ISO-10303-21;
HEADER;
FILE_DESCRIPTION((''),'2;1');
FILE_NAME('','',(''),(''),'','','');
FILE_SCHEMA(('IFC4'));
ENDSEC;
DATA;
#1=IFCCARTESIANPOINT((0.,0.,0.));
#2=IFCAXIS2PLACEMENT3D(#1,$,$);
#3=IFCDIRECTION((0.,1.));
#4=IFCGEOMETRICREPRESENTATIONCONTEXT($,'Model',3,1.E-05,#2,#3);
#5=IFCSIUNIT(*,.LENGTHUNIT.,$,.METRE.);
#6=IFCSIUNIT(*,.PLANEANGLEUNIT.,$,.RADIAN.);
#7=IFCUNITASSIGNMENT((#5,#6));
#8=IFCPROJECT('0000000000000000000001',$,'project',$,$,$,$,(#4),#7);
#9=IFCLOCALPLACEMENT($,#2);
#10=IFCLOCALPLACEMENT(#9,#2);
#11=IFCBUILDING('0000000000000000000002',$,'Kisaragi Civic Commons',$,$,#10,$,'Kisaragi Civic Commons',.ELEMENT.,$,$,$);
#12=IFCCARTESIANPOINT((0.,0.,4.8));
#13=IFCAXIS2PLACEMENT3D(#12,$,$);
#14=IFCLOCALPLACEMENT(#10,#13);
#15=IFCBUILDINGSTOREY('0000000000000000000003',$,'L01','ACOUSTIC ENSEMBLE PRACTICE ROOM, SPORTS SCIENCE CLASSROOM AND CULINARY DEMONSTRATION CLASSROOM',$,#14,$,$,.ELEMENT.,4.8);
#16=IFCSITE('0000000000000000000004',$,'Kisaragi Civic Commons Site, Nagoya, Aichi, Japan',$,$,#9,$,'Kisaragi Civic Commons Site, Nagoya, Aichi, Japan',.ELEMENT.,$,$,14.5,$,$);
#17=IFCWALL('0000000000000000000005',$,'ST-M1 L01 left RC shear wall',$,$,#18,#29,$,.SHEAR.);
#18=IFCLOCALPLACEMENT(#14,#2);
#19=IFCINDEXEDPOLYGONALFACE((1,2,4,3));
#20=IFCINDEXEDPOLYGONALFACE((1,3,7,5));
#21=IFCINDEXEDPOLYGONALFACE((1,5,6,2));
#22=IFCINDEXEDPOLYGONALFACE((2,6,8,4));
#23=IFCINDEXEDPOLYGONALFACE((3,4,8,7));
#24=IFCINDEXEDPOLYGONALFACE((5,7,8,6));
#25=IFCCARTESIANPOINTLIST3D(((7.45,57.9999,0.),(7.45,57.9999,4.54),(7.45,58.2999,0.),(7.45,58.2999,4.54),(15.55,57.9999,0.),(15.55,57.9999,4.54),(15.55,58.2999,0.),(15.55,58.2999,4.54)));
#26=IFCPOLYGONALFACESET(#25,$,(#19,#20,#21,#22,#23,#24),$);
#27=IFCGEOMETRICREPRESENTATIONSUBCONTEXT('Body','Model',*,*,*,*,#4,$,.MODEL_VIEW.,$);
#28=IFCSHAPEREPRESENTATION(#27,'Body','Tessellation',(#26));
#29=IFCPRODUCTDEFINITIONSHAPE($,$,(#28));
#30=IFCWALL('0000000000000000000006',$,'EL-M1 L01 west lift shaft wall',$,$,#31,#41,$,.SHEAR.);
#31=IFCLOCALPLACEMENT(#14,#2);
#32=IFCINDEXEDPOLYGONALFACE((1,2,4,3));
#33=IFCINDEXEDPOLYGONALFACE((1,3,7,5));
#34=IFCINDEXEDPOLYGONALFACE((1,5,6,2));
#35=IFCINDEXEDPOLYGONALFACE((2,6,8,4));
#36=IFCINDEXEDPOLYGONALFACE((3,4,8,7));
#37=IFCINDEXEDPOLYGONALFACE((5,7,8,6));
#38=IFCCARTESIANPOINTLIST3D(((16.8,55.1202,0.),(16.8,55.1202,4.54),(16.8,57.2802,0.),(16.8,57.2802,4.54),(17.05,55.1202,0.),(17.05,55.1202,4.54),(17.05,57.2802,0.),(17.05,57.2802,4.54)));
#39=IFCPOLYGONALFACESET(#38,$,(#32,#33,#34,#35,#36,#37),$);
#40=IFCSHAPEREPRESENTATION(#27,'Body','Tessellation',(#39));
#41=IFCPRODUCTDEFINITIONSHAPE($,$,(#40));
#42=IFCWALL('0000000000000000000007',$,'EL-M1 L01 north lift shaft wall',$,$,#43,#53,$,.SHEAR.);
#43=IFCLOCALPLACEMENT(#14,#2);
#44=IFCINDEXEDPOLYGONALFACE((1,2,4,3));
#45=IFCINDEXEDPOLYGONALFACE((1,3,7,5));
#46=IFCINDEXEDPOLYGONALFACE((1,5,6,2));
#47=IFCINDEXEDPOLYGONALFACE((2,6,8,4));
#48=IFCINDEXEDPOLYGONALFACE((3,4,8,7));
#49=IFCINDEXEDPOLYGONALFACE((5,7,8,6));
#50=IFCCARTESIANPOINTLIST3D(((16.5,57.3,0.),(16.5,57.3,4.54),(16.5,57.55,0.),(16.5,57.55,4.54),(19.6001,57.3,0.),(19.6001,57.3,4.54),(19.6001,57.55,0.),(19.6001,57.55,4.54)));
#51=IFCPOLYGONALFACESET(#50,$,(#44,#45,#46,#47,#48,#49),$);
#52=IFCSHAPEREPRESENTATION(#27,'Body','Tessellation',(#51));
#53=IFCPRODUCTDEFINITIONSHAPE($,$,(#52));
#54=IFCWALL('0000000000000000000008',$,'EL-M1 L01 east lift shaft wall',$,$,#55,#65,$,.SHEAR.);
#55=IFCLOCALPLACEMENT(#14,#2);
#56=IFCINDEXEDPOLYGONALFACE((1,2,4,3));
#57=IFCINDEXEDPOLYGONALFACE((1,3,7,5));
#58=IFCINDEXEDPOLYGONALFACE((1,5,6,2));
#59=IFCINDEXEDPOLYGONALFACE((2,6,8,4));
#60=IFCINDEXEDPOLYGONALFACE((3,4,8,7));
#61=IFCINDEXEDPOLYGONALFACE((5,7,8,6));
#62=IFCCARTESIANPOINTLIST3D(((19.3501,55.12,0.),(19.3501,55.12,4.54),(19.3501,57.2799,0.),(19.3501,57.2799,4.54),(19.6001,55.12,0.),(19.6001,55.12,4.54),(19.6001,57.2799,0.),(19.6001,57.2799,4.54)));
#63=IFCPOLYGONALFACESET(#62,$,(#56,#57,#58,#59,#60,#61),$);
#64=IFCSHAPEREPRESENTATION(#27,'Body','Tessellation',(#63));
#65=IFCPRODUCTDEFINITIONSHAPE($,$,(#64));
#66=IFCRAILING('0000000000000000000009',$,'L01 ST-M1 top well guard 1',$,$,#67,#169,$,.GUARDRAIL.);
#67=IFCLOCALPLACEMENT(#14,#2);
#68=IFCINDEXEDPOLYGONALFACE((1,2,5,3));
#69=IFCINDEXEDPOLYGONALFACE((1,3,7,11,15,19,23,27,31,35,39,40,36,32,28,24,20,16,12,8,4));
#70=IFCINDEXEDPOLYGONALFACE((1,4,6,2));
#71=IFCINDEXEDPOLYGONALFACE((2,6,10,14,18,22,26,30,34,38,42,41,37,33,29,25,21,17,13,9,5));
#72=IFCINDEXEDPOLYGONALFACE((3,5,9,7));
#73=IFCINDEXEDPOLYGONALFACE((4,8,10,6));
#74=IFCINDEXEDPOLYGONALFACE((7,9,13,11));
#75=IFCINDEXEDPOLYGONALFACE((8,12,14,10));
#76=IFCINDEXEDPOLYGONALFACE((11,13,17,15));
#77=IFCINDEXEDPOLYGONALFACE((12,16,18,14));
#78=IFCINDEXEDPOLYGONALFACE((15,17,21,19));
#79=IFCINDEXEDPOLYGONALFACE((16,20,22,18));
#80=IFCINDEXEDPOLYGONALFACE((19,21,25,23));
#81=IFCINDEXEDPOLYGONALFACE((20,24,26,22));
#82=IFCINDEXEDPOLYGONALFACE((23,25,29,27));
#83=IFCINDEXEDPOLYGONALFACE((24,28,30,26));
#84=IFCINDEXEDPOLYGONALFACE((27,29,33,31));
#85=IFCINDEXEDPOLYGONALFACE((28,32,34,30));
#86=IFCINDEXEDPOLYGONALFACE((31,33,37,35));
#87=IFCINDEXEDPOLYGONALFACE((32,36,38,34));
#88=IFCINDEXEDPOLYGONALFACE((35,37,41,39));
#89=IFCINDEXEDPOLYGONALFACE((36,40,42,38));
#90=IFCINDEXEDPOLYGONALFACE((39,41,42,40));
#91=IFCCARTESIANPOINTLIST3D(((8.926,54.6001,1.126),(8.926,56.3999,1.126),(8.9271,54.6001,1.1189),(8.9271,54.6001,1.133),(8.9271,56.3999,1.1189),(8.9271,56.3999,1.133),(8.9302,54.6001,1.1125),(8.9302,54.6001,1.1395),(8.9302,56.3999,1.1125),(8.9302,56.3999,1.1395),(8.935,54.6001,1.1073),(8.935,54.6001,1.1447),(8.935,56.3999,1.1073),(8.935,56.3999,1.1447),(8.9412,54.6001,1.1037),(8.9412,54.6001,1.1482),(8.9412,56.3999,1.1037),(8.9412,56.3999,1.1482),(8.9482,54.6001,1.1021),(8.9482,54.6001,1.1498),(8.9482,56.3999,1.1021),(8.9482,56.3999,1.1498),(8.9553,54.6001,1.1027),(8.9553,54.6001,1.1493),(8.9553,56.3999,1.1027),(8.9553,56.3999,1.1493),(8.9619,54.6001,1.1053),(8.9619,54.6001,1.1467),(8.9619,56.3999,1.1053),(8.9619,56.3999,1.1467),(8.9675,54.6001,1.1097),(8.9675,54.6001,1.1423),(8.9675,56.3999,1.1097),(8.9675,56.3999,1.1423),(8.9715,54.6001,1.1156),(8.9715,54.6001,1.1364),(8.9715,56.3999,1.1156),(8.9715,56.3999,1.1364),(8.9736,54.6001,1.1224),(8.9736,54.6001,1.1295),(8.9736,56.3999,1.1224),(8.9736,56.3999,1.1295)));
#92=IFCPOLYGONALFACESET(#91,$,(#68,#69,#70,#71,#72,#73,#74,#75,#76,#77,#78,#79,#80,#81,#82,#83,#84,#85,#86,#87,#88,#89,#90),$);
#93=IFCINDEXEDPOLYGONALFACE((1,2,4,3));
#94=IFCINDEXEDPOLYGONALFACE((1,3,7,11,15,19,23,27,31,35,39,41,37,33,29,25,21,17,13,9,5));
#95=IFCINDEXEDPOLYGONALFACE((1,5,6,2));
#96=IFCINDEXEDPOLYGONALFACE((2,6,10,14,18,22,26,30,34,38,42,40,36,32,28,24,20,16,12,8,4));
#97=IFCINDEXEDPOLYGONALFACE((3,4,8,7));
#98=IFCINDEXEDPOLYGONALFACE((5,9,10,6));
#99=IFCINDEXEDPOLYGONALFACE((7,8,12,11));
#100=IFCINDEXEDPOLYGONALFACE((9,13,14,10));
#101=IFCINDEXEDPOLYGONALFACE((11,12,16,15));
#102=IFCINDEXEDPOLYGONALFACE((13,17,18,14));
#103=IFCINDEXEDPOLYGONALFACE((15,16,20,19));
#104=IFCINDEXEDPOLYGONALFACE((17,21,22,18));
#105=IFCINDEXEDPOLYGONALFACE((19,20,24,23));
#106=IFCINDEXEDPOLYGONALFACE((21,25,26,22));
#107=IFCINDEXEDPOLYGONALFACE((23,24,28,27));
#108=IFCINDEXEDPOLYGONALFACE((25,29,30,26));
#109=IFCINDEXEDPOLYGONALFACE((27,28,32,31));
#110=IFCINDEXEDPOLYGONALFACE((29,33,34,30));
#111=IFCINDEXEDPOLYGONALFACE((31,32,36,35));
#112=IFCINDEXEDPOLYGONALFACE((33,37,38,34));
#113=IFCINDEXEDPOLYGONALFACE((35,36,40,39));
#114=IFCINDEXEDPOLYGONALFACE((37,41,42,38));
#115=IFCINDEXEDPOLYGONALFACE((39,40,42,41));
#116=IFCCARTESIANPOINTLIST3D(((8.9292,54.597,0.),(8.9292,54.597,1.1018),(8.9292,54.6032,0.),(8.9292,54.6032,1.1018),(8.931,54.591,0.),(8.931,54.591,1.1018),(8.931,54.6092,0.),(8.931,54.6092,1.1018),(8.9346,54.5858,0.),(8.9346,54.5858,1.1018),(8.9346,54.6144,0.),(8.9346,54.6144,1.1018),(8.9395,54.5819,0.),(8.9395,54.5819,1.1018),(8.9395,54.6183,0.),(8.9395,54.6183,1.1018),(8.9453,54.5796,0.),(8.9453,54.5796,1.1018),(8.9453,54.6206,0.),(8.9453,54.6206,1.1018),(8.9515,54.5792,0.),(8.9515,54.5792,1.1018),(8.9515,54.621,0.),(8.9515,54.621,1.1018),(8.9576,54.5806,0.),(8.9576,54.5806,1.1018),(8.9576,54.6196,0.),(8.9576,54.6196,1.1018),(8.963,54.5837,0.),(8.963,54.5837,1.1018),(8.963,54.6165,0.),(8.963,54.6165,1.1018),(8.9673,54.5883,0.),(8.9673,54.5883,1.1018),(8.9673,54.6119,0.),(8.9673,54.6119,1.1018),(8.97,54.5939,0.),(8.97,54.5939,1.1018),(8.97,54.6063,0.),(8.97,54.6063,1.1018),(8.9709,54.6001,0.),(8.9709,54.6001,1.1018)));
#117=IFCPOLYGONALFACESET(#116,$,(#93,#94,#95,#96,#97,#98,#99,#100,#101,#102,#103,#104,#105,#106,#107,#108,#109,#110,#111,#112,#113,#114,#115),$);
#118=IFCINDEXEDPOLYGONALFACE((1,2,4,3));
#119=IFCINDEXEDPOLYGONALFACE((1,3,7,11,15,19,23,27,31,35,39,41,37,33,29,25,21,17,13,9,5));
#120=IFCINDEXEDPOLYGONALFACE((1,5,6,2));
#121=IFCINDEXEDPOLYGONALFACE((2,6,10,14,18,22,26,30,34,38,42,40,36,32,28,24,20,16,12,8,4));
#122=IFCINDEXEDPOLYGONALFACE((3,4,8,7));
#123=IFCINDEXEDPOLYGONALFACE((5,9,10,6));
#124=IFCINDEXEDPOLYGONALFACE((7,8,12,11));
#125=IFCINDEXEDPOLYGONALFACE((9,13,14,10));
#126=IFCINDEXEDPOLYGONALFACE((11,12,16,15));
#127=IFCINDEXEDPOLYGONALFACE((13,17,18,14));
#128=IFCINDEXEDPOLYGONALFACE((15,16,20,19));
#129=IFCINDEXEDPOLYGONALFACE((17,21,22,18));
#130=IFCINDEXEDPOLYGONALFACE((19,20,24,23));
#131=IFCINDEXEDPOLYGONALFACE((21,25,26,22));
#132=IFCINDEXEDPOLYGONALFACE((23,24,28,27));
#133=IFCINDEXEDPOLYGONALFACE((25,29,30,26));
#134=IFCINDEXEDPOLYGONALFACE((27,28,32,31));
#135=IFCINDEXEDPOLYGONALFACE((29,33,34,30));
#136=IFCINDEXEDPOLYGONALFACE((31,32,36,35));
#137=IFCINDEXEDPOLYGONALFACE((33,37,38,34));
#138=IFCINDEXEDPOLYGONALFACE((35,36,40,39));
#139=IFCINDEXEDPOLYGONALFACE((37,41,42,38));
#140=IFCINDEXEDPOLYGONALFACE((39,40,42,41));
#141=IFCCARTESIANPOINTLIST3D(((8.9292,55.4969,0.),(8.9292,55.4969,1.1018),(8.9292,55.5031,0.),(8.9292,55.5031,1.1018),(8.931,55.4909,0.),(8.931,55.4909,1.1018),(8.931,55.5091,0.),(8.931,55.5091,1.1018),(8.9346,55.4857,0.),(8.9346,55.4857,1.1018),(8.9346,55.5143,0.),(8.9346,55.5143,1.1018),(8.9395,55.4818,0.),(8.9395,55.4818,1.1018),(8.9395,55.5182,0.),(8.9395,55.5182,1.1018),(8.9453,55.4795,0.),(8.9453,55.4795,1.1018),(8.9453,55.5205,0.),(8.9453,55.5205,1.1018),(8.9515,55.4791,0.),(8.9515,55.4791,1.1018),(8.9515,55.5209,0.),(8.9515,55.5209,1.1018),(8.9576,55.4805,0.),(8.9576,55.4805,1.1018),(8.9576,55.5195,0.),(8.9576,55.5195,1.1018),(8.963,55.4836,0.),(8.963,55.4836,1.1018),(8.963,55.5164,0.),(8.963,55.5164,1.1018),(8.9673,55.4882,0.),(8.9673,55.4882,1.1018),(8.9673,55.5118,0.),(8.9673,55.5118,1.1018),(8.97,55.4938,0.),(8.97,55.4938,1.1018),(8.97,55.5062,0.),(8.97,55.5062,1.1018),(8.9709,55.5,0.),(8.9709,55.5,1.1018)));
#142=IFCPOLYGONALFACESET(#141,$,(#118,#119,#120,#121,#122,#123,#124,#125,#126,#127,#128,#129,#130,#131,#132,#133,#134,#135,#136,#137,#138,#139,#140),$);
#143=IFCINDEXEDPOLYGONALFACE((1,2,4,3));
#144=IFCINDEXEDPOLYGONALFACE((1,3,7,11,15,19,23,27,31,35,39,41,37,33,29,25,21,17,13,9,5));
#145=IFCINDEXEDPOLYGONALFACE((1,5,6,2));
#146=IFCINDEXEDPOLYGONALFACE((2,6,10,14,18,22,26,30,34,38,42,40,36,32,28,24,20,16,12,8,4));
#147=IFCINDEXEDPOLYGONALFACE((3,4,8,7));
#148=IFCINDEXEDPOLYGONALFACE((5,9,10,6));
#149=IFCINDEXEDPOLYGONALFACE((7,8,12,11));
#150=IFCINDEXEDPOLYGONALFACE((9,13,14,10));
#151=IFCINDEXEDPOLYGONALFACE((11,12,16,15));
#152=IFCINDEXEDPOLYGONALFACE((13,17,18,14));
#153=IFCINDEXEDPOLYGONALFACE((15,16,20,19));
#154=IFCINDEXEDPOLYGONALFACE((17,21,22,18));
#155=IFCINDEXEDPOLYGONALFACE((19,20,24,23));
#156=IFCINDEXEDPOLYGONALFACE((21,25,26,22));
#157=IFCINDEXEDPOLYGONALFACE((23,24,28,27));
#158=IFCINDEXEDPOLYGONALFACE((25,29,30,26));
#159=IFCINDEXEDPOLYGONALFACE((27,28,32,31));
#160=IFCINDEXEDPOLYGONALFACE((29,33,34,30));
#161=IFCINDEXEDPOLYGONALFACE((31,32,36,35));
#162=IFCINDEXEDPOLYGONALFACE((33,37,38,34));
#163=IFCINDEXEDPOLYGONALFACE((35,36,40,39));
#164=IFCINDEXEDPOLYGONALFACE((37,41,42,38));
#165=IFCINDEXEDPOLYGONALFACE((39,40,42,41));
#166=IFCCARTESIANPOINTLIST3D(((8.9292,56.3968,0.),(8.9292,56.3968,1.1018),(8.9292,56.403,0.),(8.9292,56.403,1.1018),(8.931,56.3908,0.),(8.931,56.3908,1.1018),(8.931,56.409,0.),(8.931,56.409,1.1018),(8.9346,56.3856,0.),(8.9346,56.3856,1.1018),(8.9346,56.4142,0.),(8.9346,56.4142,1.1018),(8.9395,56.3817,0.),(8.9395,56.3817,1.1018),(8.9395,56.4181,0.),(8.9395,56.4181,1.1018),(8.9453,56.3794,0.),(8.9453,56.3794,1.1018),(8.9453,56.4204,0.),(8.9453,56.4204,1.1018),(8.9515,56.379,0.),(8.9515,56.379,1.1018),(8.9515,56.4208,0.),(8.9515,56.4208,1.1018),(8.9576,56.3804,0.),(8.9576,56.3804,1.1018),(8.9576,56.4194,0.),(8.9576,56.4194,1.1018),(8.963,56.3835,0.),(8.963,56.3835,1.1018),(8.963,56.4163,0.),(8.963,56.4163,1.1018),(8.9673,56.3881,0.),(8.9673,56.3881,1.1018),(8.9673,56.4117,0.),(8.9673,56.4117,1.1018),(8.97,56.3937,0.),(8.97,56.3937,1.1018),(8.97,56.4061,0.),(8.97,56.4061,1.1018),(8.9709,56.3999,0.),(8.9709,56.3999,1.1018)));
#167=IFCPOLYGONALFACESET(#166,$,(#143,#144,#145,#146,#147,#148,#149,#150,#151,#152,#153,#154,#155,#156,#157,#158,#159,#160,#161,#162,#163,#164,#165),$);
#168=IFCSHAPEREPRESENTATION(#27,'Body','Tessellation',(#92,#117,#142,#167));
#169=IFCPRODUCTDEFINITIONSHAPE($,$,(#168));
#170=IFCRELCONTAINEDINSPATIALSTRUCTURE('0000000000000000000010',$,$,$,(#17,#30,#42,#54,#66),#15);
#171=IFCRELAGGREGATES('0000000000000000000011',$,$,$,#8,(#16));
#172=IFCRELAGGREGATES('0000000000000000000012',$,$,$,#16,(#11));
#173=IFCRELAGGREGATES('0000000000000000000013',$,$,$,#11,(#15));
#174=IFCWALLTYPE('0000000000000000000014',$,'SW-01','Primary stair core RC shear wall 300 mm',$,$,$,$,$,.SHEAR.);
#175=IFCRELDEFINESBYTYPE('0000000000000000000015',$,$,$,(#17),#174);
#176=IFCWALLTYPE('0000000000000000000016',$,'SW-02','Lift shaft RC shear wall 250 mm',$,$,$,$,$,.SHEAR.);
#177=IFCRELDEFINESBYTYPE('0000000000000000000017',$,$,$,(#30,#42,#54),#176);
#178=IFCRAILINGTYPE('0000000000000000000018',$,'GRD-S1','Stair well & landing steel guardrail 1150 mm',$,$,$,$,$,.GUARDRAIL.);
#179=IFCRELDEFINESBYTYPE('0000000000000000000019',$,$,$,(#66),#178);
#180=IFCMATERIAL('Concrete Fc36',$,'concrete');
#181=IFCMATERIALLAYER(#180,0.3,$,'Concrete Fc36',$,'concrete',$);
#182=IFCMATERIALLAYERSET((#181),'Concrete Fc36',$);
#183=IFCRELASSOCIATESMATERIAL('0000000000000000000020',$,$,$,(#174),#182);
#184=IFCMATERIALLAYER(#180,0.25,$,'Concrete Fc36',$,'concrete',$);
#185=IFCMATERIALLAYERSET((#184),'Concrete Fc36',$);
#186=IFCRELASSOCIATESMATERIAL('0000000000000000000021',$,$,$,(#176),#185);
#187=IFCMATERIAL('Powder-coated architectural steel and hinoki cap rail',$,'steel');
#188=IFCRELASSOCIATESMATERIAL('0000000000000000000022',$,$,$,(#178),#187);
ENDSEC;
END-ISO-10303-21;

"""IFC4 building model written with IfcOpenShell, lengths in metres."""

from ifc_helpers import new_model, si_unit, direction, frame, frame_2d, origin, origin_2d, place, context, subcontext, project, spatial, rectangle, circle, extrude, material, layer, layer_set, type_object, element, save


model = new_model("IFC4")

# Units and contexts
model_context = context("Model", 3, precision=1e-05, world=origin(), true_north=direction((0.0, 1.0)))
body_context = subcontext(model_context, "Body", "Model", "MODEL_VIEW")
ifc_project = project(units=[si_unit("LENGTHUNIT", "METRE"), si_unit("PLANEANGLEUNIT", "RADIAN")], contexts=[model_context])

# Site, building, storey
site_placement = place(None, origin())
site = spatial("IfcSite", under=ifc_project, at=site_placement, Name="Kisaragi Civic Commons Site, Nagoya, Aichi, Japan", LongName="Kisaragi Civic Commons Site, Nagoya, Aichi, Japan", CompositionType="ELEMENT", RefElevation=14.5)
building_placement = place(site_placement, origin())
building = spatial("IfcBuilding", under=site, at=building_placement, Name="Kisaragi Civic Commons", LongName="Kisaragi Civic Commons", CompositionType="ELEMENT")
storey_placement = place(building_placement, frame((0.0, 0.0, 4.8)))
storey = spatial("IfcBuildingStorey", under=building, at=storey_placement, Name="L01", Description="ACOUSTIC ENSEMBLE PRACTICE ROOM, SPORTS SCIENCE CLASSROOM AND CULINARY DEMONSTRATION CLASSROOM", CompositionType="ELEMENT", Elevation=4.8)

# Shared definitions
ifc_material_1 = material(Name="Concrete Fc36", Category="concrete")

# Shared definitions
ifc_layer_1 = layer(ifc_material_1, 0.3, Name="Concrete Fc36", Category="concrete")
ifc_layer_set_1 = layer_set([ifc_layer_1], Name="Concrete Fc36")
wall_type_1 = type_object("IfcWallType", Name="SW-01", Description="Primary stair core RC shear wall 300 mm", PredefinedType="SHEAR", material=ifc_layer_set_1)

# Wall
wall_1_placement = place(storey_placement, frame((15.55, 58.1499, 0.0), z_axis=(0.0, 0.0, 1.0), x_axis=(-1.0, 0.0, 0.0)))
element("IfcWall", 1, at=wall_1_placement, inside=storey, type_object=wall_type_1, Name="ST-M1 L01 left RC shear wall", PredefinedType="SHEAR", context=body_context, shape_type="SweptSolid", body=[
    extrude(rectangle(XDim=8.1001, YDim=0.3, at=frame_2d((4.05, 0.0))), origin(), (0.0, 0.0, 1.0), 4.54),
])

# Shared definitions
ifc_layer_2 = layer(ifc_material_1, 0.25, Name="Concrete Fc36", Category="concrete")
ifc_layer_set_2 = layer_set([ifc_layer_2], Name="Concrete Fc36")
wall_type_2 = type_object("IfcWallType", Name="SW-02", Description="Lift shaft RC shear wall 250 mm", PredefinedType="SHEAR", material=ifc_layer_set_2)

# Walls
wall_2_placement = place(storey_placement, frame((16.925, 55.1201, 0.0), z_axis=(0.0, 0.0, 1.0), x_axis=(0.0, 1.0, 0.0)))
element("IfcWall", 2, at=wall_2_placement, inside=storey, type_object=wall_type_2, Name="EL-M1 L01 west lift shaft wall", PredefinedType="SHEAR", context=body_context, shape_type="SweptSolid", body=[
    extrude(rectangle(XDim=2.1599, YDim=0.25, at=frame_2d((1.0801, 0.0))), origin(), (0.0, 0.0, 1.0), 4.54),
])
wall_3_placement = place(storey_placement, frame((16.5, 57.425, 0.0), z_axis=(0.0, 0.0, 1.0), x_axis=(1.0, 0.0, 0.0)))
element("IfcWall", 3, at=wall_3_placement, inside=storey, type_object=wall_type_2, Name="EL-M1 L01 north lift shaft wall", PredefinedType="SHEAR", context=body_context, shape_type="SweptSolid", body=[
    extrude(rectangle(XDim=3.1001, YDim=0.25, at=frame_2d((1.55, 0.0))), origin(), (0.0, 0.0, 1.0), 4.54),
])
wall_4_placement = place(storey_placement, frame((19.4751, 57.28, 0.0), z_axis=(0.0, 0.0, 1.0), x_axis=(0.0, -1.0, 0.0)))
element("IfcWall", 4, at=wall_4_placement, inside=storey, type_object=wall_type_2, Name="EL-M1 L01 east lift shaft wall", PredefinedType="SHEAR", context=body_context, shape_type="SweptSolid", body=[
    extrude(rectangle(XDim=2.1599, YDim=0.25, at=frame_2d((1.0801, 0.0))), origin(), (0.0, 0.0, 1.0), 4.54),
])

# Railing
ifc_material_2 = material(Name="Powder-coated architectural steel and hinoki cap rail", Category="steel")
railing_type = type_object("IfcRailingType", Name="GRD-S1", Description="Stair well & landing steel guardrail 1150 mm", PredefinedType="GUARDRAIL", material=ifc_material_2)
railing_placement = place(storey_placement, frame((8.95, 54.6001, 0.0)))
element("IfcRailing", 5, at=railing_placement, inside=storey, type_object=railing_type, Name="L01 ST-M1 top well guard 1", PredefinedType="GUARDRAIL", context=body_context, shape_type="SweptSolid", body=[
    extrude(circle(Radius=0.0239, at=origin_2d()), frame((0.0, 0.0, 1.126), z_axis=(0.0, 1.0, 0.0), x_axis=(-1.0, 0.0, 0.0)), (0.0, 0.0, 1.0), 1.7998),
    extrude(circle(Radius=0.021, at=origin_2d()), origin(), (0.0, 0.0, 1.0), 1.1018),
    extrude(circle(Radius=0.021, at=origin_2d()), frame((0.0, 0.8999, 0.0)), (0.0, 0.0, 1.0), 1.1018),
    extrude(circle(Radius=0.021, at=origin_2d()), frame((0.0, 1.7998, 0.0)), (0.0, 0.0, 1.0), 1.1018),
])

save(model, "model.ifc")
